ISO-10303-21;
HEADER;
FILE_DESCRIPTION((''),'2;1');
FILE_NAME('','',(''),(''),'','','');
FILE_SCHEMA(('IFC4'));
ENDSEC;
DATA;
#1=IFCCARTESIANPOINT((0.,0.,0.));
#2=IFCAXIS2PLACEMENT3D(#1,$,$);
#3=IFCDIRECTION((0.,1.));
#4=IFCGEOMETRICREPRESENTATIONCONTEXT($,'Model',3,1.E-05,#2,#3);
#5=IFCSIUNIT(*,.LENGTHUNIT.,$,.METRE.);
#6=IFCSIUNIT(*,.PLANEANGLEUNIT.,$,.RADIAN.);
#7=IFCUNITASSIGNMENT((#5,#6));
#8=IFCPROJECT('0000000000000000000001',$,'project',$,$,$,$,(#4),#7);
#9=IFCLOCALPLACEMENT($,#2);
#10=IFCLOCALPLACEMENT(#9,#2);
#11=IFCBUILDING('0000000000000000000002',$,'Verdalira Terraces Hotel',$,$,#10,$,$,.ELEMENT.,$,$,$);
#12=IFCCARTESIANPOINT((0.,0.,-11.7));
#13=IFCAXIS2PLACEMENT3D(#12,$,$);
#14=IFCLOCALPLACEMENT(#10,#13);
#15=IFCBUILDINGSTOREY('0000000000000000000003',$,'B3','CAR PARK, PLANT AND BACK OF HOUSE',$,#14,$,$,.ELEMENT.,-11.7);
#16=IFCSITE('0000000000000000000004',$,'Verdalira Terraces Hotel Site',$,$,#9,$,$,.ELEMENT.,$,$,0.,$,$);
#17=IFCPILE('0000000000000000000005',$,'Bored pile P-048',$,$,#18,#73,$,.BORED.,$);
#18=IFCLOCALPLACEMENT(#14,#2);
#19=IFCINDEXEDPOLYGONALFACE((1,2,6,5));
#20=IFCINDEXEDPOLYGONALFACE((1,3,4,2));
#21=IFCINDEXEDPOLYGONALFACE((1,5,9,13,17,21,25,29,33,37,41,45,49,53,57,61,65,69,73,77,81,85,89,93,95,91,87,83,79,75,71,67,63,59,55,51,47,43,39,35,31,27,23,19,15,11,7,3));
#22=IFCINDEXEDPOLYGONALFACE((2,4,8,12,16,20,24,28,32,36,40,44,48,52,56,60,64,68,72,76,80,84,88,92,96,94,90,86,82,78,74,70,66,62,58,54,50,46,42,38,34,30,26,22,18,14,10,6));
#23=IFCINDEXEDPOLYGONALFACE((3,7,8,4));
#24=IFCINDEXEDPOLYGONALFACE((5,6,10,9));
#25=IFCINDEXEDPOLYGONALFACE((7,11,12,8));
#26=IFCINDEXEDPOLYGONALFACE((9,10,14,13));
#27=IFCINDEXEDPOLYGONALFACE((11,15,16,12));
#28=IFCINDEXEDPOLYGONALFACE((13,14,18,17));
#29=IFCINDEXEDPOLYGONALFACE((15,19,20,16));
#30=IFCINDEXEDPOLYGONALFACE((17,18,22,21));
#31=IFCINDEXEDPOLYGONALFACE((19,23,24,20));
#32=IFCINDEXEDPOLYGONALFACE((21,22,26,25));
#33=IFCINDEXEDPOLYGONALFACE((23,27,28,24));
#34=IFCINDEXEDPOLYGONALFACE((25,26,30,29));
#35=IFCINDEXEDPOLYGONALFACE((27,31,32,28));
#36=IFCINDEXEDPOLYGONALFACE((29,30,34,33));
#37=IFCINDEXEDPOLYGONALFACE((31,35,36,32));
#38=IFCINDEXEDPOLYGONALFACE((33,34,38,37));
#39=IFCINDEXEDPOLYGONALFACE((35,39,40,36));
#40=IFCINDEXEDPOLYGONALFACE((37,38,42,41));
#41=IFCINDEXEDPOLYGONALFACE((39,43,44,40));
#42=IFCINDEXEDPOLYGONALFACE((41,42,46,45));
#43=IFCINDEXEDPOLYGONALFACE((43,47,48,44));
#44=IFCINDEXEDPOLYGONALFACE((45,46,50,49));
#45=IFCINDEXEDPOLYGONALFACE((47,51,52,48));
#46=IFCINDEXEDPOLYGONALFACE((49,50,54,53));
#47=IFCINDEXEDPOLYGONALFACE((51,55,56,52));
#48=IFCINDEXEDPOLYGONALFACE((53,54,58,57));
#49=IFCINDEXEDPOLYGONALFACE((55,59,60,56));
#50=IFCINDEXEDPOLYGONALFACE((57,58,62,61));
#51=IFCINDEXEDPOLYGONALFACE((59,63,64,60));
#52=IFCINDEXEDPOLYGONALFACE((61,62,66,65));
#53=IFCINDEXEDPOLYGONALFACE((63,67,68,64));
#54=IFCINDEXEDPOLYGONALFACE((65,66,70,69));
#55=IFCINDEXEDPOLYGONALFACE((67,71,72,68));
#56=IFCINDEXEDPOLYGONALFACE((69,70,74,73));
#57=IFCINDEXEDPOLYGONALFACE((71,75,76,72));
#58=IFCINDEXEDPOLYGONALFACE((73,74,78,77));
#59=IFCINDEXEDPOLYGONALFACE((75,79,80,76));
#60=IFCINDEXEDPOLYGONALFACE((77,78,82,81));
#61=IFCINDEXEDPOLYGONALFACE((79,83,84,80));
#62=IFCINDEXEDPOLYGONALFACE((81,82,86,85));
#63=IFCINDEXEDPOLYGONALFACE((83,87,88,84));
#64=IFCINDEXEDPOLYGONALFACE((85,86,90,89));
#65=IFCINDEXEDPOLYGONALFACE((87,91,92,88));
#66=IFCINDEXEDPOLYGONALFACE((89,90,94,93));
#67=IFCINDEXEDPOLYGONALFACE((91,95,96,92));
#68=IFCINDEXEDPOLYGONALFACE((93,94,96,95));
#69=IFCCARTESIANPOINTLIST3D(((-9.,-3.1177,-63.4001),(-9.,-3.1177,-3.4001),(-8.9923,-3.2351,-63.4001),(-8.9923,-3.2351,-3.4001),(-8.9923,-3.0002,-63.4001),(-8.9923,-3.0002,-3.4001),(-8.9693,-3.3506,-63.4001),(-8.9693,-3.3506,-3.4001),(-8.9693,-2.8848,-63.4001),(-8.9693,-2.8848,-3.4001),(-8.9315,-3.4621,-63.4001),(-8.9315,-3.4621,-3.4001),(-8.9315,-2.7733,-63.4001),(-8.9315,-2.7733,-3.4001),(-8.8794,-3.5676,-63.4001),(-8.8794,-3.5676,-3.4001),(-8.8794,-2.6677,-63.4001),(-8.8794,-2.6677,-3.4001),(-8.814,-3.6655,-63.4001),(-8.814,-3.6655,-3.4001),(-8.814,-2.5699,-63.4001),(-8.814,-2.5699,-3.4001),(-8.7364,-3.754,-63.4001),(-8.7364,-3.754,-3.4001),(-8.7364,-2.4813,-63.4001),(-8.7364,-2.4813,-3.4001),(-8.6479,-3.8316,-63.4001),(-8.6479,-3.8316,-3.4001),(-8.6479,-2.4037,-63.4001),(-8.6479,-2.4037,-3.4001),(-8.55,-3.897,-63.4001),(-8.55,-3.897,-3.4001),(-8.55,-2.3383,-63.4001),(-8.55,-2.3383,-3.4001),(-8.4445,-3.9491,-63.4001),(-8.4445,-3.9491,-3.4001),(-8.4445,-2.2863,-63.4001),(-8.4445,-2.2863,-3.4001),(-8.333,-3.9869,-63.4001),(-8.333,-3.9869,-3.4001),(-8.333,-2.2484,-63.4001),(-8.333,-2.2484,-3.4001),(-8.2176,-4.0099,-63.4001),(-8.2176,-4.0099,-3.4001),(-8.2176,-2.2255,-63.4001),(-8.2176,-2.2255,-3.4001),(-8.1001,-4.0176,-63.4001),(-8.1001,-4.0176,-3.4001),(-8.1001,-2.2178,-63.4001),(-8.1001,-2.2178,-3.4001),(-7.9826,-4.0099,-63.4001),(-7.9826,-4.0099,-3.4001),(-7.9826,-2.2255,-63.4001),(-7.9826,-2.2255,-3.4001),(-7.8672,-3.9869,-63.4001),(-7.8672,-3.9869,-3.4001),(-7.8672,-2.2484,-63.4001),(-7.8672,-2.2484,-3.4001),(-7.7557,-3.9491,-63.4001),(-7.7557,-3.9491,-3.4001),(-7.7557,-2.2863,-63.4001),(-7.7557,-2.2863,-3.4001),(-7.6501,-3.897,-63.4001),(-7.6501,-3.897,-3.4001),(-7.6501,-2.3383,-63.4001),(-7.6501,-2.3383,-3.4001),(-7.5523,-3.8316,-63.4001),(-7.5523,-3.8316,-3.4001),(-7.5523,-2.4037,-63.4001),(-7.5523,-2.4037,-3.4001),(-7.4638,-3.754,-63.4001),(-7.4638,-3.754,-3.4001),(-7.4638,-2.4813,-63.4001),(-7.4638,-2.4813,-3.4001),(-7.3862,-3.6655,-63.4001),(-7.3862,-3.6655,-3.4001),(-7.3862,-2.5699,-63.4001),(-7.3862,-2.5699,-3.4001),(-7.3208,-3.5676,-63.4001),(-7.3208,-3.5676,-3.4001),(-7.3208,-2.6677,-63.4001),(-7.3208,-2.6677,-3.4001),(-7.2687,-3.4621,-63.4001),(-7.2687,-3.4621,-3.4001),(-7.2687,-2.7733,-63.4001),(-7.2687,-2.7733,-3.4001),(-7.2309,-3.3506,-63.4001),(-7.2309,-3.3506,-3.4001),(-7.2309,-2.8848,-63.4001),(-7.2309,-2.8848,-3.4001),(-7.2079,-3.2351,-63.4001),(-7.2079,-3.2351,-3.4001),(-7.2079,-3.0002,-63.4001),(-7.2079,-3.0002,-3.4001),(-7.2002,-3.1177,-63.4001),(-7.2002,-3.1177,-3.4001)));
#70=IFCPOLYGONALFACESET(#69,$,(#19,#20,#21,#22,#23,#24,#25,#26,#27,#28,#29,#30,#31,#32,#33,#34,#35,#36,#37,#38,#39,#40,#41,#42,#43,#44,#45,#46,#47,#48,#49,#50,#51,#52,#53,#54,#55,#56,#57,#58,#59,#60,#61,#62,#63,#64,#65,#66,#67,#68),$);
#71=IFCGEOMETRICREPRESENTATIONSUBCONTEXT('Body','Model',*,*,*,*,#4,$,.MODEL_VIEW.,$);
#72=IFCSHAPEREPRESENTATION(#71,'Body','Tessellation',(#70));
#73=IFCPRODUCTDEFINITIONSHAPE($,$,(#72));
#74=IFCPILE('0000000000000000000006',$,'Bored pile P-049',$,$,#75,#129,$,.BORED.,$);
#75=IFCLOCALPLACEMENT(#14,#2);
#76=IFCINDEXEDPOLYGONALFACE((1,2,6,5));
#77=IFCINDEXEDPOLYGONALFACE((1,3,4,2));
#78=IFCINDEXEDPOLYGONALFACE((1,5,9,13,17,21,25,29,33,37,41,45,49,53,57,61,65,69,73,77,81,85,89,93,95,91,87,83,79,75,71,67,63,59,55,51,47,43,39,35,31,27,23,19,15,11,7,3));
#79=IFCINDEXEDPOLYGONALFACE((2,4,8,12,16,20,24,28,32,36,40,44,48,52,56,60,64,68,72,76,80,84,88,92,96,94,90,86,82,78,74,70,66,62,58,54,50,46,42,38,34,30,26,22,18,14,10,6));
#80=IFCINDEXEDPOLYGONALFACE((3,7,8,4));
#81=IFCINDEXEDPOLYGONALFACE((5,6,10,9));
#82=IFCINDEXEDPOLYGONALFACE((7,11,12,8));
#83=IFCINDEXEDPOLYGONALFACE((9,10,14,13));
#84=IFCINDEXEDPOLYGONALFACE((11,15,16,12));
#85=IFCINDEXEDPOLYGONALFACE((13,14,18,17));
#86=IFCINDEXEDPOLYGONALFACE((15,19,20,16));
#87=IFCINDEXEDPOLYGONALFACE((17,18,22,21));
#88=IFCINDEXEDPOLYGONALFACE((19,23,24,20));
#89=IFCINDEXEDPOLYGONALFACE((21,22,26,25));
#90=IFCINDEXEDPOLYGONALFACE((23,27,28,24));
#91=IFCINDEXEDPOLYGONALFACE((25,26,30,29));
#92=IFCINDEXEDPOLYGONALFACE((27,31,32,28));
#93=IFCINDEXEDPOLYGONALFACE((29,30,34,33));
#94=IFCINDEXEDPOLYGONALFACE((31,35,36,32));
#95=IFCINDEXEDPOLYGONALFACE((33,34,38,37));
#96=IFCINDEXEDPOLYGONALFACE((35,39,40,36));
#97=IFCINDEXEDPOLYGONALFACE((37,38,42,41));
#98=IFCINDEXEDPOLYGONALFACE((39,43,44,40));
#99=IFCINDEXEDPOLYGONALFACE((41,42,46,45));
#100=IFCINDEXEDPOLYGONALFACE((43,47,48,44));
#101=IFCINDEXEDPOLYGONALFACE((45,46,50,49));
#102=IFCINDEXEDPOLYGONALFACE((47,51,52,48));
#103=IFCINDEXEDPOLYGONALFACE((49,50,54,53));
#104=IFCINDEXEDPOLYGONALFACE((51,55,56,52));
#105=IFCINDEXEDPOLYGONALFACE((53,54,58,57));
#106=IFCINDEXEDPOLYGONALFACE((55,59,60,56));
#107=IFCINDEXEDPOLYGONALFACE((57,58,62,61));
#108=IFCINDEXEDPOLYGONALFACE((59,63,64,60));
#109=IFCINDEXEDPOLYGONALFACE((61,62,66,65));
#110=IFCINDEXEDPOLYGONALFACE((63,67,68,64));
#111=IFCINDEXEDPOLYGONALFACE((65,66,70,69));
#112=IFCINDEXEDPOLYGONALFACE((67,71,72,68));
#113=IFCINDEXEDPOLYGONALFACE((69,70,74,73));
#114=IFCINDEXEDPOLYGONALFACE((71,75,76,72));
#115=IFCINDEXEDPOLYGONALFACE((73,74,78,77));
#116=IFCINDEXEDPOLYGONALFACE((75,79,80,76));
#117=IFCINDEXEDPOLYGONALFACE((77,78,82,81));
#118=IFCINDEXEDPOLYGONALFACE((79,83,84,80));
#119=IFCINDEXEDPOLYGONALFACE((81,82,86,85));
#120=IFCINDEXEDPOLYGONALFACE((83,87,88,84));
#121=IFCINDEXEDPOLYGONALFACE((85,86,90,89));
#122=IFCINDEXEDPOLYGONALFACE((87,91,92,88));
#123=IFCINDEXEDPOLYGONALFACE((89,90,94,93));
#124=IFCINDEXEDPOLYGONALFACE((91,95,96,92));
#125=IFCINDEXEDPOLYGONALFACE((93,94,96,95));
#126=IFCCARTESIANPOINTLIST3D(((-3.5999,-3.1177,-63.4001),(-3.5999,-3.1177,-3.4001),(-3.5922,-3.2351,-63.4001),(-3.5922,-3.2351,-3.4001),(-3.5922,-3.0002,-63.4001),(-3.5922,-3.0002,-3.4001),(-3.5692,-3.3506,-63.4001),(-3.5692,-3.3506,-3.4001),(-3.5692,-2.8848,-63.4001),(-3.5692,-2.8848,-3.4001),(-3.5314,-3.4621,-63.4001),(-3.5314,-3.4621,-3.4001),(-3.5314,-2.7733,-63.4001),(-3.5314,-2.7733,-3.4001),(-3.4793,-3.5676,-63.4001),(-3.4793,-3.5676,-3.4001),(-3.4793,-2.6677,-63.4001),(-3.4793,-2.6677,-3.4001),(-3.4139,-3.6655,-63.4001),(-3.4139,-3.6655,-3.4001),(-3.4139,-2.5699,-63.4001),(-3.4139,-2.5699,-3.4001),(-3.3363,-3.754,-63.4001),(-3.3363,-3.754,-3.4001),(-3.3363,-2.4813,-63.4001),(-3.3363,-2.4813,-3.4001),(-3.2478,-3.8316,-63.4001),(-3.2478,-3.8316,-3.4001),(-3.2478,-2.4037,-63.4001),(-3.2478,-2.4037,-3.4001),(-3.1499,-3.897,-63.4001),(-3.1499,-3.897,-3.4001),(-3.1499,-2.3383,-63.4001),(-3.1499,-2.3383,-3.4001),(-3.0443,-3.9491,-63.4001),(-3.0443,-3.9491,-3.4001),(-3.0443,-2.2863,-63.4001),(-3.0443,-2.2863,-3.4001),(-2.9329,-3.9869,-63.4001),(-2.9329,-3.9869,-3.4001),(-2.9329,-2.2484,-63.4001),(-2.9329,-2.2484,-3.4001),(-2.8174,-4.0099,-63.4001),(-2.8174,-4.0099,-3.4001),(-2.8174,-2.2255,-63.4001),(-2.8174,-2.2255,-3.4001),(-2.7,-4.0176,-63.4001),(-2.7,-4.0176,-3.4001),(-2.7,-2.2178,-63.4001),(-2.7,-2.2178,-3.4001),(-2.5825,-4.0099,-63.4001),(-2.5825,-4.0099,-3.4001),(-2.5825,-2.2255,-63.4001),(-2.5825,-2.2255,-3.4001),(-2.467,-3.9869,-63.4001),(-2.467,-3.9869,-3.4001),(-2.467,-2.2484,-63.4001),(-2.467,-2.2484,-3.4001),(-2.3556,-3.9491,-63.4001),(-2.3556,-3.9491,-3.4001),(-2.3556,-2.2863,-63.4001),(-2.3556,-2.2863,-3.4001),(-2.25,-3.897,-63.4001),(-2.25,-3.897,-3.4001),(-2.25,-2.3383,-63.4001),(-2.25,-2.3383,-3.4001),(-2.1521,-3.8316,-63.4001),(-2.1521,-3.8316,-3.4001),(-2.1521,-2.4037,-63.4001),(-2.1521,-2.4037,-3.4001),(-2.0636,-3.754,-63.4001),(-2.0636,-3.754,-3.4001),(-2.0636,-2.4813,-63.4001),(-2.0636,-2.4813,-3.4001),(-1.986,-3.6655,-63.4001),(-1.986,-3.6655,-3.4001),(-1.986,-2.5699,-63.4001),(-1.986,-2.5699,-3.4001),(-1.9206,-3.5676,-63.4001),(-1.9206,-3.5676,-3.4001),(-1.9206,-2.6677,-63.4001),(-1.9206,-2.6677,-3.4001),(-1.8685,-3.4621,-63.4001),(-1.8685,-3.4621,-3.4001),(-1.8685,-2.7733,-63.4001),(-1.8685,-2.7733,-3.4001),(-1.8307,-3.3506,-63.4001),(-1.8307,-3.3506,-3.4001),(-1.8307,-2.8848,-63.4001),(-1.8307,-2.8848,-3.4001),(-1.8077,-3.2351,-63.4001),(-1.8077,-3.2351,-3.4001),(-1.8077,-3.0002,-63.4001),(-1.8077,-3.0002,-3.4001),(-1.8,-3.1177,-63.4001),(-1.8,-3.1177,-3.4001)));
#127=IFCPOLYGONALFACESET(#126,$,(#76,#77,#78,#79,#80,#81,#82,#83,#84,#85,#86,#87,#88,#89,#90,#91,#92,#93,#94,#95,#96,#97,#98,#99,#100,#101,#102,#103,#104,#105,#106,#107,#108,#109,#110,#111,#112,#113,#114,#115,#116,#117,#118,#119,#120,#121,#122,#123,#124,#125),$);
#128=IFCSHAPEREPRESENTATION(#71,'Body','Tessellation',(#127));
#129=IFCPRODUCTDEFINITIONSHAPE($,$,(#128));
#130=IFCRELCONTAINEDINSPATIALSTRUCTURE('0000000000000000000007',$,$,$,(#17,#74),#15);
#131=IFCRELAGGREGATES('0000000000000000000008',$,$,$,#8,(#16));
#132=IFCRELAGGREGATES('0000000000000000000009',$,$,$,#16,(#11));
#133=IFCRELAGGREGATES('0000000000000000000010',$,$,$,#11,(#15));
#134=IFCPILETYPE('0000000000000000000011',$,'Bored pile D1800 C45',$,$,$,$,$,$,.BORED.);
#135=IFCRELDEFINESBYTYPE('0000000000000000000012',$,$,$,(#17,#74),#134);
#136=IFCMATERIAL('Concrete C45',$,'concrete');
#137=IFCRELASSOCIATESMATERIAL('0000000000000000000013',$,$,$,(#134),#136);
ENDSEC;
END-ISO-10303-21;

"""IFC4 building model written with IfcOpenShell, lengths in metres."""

from ifc_helpers import new_model, si_unit, direction, frame, origin, origin_2d, place, context, subcontext, project, spatial, circle, extrude, material, material_profile, profile_set, type_object, element, save


model = new_model("IFC4")

# Units and contexts
model_context = context("Model", 3, precision=1e-05, world=origin(), true_north=direction((0.0, 1.0)))
body_context = subcontext(model_context, "Body", "Model", "MODEL_VIEW")
ifc_project = project(units=[si_unit("LENGTHUNIT", "METRE"), si_unit("PLANEANGLEUNIT", "RADIAN")], contexts=[model_context])

# Site, building, storey
site_placement = place(None, origin())
site = spatial("IfcSite", under=ifc_project, at=site_placement, Name="Verdalira Terraces Hotel Site", CompositionType="ELEMENT", RefElevation=0.0)
building_placement = place(site_placement, origin())
building = spatial("IfcBuilding", under=site, at=building_placement, Name="Verdalira Terraces Hotel", CompositionType="ELEMENT")
storey_placement = place(building_placement, frame((0.0, 0.0, -11.7)))
storey = spatial("IfcBuildingStorey", under=building, at=storey_placement, Name="B3", Description="CAR PARK, PLANT AND BACK OF HOUSE", CompositionType="ELEMENT", Elevation=-11.7)

# Piles
ifc_material_1 = material(Name="Concrete C45", Category="concrete")
ifc_material_profile_1 = material_profile(ifc_material_1, circle(Radius=0.8999, at=origin_2d()), Name="D1800")
ifc_profile_set_1 = profile_set([ifc_material_profile_1], Name="Concrete C45")
pile_type = type_object("IfcPileType", Name="Bored pile D1800 C45", PredefinedType="BORED", material=ifc_profile_set_1)
for number, where, z_axis, x_axis, name in (
    (1, (-8.1001, -3.1177, -3.4001), (0.0, 0.0, -1.0), (1.0, 0.0, 0.0), "Bored pile P-048"),
    (2, (-2.7, -3.1177, -3.4001), (0.0, 0.0, -1.0), (1.0, 0.0, 0.0), "Bored pile P-049"),
):
    element("IfcPile", number, at=place(storey_placement, frame(where, z_axis=z_axis, x_axis=x_axis)), inside=storey, type_object=pile_type, Name=name, PredefinedType="BORED", context=body_context, shape_type="SweptSolid", body=[
        extrude(circle(Radius=0.8999, at=origin_2d()), origin(), (0.0, 0.0, 1.0), 60.0),
    ])

save(model, "model.ifc")
